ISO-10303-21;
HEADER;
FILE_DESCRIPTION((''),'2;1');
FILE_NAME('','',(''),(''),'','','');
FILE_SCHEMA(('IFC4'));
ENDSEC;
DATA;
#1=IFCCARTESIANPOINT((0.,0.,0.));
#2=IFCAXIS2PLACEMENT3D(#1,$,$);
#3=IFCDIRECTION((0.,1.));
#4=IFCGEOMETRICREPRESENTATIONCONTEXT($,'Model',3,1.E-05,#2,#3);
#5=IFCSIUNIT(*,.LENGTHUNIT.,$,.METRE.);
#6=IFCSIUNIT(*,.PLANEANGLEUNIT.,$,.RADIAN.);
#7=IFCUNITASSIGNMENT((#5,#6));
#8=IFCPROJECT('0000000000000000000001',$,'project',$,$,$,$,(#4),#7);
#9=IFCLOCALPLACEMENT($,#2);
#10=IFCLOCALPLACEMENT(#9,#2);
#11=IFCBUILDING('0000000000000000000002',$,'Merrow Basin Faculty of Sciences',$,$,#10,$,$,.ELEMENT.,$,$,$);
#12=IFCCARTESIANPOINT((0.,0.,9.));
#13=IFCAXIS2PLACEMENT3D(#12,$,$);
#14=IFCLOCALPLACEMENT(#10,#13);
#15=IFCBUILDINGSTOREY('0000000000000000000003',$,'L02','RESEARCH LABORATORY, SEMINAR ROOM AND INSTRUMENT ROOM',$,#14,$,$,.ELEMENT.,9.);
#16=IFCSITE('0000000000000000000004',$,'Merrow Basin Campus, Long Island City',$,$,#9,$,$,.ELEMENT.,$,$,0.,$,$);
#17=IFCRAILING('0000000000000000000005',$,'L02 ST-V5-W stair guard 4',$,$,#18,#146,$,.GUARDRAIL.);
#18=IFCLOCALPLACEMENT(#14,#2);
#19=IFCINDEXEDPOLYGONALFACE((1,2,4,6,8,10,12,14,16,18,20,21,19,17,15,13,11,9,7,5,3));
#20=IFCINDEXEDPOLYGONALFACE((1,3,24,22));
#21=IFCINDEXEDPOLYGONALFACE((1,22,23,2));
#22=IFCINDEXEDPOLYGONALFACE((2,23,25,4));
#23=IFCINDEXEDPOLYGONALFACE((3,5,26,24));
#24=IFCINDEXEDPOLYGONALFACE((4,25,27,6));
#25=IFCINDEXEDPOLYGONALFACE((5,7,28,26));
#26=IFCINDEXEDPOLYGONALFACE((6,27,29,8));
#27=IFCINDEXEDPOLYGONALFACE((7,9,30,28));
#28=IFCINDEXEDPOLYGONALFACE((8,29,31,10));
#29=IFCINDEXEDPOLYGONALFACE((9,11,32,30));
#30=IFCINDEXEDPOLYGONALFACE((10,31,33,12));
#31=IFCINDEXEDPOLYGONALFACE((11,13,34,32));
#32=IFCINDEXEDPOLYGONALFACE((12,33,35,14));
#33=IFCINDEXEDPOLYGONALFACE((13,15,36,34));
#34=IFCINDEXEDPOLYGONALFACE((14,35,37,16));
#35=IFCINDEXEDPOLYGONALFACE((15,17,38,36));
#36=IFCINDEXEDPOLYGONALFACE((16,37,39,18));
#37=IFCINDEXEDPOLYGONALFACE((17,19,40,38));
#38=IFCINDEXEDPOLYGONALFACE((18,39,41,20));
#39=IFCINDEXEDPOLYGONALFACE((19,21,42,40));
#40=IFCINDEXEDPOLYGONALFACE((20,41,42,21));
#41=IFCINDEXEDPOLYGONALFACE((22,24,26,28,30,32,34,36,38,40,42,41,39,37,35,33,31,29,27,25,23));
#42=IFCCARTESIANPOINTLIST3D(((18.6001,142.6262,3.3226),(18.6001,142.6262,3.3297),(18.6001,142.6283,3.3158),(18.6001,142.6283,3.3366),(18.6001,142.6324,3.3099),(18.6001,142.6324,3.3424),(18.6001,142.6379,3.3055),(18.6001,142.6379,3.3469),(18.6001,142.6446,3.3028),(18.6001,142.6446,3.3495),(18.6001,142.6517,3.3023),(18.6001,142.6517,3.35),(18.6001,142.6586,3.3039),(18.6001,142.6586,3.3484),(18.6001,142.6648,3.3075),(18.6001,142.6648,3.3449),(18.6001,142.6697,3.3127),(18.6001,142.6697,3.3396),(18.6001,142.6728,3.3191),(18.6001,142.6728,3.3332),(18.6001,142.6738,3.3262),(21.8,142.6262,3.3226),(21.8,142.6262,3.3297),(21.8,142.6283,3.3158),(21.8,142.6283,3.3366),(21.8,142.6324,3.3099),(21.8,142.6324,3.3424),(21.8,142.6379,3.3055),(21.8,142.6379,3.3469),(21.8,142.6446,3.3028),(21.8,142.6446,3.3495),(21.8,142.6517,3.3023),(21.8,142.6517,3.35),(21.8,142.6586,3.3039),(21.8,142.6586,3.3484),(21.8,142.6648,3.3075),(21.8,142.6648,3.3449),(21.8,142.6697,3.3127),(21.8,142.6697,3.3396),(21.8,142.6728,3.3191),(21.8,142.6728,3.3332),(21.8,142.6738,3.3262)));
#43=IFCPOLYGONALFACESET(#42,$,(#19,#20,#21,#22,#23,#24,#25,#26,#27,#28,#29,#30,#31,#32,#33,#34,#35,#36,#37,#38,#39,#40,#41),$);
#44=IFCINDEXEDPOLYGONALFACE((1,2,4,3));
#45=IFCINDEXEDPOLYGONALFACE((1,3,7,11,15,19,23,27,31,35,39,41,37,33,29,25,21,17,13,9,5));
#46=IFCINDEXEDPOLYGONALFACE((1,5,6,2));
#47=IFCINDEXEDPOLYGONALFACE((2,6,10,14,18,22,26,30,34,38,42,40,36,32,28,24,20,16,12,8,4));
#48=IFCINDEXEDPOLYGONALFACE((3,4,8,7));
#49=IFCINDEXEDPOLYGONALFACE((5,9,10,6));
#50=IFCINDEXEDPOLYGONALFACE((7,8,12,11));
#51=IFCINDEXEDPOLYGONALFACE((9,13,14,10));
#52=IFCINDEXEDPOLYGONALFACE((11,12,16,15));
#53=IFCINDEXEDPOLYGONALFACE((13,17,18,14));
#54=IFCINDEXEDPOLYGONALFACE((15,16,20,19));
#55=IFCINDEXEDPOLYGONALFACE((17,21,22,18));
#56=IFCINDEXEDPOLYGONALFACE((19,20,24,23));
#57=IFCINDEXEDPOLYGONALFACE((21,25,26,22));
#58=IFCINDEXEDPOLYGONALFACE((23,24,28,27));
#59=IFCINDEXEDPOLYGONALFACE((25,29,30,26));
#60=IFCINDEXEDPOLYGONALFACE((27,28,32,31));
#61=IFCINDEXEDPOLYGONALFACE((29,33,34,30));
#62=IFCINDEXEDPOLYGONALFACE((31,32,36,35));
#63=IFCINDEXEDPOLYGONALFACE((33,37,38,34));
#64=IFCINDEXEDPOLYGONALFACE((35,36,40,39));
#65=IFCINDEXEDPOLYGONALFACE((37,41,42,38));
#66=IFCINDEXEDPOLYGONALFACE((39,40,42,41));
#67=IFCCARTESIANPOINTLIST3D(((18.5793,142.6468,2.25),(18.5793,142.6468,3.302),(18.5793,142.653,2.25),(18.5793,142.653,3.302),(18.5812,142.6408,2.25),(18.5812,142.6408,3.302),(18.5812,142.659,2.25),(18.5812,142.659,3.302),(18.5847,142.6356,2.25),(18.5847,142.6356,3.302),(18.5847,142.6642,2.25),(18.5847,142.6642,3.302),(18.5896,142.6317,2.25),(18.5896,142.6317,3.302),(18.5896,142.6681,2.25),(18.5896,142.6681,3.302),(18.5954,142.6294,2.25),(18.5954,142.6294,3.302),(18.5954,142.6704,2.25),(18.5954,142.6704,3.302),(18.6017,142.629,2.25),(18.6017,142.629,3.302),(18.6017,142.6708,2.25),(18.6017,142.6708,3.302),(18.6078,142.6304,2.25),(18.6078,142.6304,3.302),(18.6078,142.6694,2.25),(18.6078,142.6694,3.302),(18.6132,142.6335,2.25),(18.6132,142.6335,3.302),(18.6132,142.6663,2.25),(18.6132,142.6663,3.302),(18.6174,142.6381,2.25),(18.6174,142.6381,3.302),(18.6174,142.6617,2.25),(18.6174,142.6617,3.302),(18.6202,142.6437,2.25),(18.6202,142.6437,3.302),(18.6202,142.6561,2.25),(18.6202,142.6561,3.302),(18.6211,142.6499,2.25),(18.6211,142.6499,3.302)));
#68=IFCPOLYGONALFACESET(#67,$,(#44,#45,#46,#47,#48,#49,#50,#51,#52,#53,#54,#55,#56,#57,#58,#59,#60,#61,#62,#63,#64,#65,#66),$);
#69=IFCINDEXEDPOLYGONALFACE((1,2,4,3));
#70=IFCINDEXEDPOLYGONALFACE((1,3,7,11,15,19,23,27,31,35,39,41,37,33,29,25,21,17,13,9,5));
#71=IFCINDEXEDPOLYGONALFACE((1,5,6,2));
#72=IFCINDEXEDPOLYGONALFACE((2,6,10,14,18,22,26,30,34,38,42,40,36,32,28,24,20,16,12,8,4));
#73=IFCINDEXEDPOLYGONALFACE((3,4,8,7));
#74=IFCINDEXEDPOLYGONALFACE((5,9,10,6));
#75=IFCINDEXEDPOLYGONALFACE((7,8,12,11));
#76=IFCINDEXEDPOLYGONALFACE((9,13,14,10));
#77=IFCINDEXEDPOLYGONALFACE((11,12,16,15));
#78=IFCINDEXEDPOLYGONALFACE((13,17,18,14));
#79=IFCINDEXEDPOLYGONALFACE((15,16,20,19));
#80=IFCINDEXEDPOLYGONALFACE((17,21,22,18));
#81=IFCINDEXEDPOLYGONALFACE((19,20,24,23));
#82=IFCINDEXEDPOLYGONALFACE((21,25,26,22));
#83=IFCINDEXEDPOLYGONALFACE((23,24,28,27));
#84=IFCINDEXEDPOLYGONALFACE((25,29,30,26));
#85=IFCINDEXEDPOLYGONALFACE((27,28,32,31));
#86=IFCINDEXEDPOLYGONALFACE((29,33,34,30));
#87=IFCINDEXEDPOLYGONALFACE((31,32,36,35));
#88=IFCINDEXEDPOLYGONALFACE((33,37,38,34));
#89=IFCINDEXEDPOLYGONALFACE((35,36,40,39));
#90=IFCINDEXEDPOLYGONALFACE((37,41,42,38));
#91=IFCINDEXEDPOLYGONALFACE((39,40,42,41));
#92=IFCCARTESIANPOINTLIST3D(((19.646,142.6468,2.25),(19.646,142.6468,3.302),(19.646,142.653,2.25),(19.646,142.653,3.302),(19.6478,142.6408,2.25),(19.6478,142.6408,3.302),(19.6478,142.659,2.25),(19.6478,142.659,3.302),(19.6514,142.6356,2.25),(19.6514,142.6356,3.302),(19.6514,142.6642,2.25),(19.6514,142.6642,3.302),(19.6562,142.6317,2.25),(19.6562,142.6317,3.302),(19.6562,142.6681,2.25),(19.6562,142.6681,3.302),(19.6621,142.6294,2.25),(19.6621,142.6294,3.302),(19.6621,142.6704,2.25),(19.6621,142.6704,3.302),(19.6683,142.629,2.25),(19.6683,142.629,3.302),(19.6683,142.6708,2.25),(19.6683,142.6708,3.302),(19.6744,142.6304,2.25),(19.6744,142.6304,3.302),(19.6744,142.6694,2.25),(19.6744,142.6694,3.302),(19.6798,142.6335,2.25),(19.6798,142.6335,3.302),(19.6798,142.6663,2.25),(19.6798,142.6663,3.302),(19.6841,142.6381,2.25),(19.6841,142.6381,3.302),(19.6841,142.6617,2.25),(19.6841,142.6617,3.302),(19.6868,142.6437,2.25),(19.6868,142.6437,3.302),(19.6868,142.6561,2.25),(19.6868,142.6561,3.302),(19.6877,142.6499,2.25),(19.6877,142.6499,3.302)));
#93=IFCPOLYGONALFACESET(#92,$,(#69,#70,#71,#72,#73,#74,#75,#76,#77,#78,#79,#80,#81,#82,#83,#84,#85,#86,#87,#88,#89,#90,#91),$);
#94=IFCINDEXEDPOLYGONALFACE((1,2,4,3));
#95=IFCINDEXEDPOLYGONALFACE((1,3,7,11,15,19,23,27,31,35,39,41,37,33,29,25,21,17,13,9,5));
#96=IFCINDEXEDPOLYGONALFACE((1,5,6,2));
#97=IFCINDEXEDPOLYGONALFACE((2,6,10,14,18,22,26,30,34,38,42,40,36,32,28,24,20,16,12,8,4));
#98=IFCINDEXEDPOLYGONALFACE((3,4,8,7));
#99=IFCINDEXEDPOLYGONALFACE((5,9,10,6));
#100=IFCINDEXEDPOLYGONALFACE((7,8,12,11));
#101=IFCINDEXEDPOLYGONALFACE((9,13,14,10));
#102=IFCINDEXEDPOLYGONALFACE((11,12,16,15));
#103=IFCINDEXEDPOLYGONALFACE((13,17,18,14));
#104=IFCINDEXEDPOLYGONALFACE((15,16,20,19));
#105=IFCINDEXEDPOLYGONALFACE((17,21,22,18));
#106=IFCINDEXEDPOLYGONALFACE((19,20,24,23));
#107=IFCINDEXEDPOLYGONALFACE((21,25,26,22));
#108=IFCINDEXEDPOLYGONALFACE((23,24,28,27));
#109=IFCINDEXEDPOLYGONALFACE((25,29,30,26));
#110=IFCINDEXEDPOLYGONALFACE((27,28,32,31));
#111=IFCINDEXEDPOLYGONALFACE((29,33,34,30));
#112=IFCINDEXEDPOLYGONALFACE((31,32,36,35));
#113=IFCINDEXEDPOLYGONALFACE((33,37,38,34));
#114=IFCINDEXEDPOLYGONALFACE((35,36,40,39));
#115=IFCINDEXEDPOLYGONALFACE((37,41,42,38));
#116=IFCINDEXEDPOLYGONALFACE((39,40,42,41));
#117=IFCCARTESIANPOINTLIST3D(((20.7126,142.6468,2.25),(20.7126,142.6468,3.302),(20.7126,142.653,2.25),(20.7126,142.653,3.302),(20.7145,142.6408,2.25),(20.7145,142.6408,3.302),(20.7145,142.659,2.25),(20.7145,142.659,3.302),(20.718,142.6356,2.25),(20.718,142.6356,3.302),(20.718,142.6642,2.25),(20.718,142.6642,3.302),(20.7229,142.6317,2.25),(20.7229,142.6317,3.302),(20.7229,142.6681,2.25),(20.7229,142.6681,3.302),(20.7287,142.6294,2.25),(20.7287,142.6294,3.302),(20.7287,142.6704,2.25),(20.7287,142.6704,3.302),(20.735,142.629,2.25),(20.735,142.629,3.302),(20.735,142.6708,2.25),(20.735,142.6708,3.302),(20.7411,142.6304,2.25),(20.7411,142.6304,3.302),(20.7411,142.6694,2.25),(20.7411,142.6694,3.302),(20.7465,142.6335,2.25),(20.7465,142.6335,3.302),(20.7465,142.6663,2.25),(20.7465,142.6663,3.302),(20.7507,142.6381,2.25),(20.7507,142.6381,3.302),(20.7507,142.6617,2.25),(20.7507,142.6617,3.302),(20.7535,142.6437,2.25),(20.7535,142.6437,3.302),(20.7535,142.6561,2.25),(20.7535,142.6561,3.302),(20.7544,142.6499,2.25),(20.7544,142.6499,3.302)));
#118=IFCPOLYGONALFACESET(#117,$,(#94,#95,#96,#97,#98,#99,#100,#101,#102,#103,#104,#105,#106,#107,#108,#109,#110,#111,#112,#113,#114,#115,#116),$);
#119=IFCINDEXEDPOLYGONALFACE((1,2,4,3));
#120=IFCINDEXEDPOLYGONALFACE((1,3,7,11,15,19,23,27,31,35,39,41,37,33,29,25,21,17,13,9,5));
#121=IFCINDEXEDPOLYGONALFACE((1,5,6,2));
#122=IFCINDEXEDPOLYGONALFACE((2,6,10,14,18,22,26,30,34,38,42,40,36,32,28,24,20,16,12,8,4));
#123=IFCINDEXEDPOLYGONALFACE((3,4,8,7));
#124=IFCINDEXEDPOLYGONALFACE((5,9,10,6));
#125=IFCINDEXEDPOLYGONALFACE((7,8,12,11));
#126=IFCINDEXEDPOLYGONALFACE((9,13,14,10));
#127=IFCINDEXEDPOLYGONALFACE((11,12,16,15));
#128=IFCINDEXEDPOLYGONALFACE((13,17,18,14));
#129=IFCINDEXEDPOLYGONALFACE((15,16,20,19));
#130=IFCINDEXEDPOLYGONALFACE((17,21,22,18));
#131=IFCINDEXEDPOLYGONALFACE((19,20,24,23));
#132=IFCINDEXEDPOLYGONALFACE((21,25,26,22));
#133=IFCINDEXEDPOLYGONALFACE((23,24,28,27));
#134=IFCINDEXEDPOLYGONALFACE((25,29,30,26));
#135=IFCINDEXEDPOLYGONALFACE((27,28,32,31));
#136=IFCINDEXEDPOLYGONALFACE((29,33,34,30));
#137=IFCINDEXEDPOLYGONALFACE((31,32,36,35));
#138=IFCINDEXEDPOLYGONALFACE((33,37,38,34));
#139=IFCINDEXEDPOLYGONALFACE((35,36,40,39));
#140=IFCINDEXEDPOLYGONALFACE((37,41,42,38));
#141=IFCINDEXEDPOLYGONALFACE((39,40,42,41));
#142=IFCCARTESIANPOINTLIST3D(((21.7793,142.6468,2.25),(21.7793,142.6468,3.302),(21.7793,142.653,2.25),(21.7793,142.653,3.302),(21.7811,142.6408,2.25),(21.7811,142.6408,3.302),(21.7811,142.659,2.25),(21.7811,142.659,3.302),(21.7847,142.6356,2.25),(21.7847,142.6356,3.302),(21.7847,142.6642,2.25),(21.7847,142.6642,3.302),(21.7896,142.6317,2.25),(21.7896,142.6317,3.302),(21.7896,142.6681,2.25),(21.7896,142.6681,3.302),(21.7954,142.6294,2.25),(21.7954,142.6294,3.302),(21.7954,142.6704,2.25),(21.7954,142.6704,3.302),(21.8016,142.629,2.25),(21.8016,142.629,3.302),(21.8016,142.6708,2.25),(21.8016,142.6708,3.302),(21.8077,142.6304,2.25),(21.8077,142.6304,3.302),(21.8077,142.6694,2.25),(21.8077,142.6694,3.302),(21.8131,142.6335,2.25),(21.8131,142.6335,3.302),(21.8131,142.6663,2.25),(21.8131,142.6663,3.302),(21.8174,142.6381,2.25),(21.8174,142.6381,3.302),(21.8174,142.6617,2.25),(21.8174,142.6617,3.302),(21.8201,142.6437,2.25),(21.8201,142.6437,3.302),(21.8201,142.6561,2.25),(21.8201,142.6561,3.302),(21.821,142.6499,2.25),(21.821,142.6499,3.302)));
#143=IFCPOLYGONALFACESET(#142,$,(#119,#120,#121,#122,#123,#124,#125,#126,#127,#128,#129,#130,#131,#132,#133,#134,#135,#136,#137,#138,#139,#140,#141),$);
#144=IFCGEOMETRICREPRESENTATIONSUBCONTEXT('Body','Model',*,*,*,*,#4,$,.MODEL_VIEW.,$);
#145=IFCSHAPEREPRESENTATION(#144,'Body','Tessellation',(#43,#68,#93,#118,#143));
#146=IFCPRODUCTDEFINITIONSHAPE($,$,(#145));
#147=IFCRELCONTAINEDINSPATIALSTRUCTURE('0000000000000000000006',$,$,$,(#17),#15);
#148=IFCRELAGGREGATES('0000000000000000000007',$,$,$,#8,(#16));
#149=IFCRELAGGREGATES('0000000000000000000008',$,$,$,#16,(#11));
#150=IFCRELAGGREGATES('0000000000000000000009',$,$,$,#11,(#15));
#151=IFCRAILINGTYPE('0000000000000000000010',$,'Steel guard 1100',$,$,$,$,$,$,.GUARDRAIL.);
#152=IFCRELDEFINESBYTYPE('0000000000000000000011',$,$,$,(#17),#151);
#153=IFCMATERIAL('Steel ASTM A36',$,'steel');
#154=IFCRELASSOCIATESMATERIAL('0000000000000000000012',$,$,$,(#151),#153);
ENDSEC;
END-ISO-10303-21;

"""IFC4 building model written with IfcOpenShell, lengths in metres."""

from ifc_helpers import new_model, si_unit, direction, frame, origin, origin_2d, place, context, subcontext, project, spatial, circle, extrude, material, type_object, element, save


model = new_model("IFC4")

# Units and contexts
model_context = context("Model", 3, precision=1e-05, world=origin(), true_north=direction((0.0, 1.0)))
body_context = subcontext(model_context, "Body", "Model", "MODEL_VIEW")
ifc_project = project(units=[si_unit("LENGTHUNIT", "METRE"), si_unit("PLANEANGLEUNIT", "RADIAN")], contexts=[model_context])

# Site, building, storey
site_placement = place(None, origin())
site = spatial("IfcSite", under=ifc_project, at=site_placement, Name="Merrow Basin Campus, Long Island City", CompositionType="ELEMENT", RefElevation=0.0)
building_placement = place(site_placement, origin())
building = spatial("IfcBuilding", under=site, at=building_placement, Name="Merrow Basin Faculty of Sciences", CompositionType="ELEMENT")
storey_placement = place(building_placement, frame((0.0, 0.0, 9.0)))
storey = spatial("IfcBuildingStorey", under=building, at=storey_placement, Name="L02", Description="RESEARCH LABORATORY, SEMINAR ROOM AND INSTRUMENT ROOM", CompositionType="ELEMENT", Elevation=9.0)

# Railing
ifc_material_1 = material(Name="Steel ASTM A36", Category="steel")
railing_type_1 = type_object("IfcRailingType", Name="Steel guard 1100", PredefinedType="GUARDRAIL", material=ifc_material_1)
railing_1_placement = place(storey_placement, frame((18.6001, 142.6499, 2.25)))
element("IfcRailing", 1, at=railing_1_placement, inside=storey, type_object=railing_type_1, Name="L02 ST-V5-W stair guard 4", PredefinedType="GUARDRAIL", context=body_context, shape_type="SweptSolid", body=[
    extrude(circle(Radius=0.0239, at=origin_2d()), frame((0.0, 0.0, 1.0762), z_axis=(1.0, 0.0, 0.0), x_axis=(0.0, 1.0, 0.0)), (0.0, 0.0, 1.0), 3.2),
    extrude(circle(Radius=0.021, at=origin_2d()), origin(), (0.0, 0.0, 1.0), 1.052),
    extrude(circle(Radius=0.021, at=origin_2d()), frame((1.0667, 0.0, 0.0)), (0.0, 0.0, 1.0), 1.052),
    extrude(circle(Radius=0.021, at=origin_2d()), frame((2.1333, 0.0, 0.0)), (0.0, 0.0, 1.0), 1.052),
    extrude(circle(Radius=0.021, at=origin_2d()), frame((3.2, 0.0, 0.0)), (0.0, 0.0, 1.0), 1.052),
])

save(model, "model.ifc")
